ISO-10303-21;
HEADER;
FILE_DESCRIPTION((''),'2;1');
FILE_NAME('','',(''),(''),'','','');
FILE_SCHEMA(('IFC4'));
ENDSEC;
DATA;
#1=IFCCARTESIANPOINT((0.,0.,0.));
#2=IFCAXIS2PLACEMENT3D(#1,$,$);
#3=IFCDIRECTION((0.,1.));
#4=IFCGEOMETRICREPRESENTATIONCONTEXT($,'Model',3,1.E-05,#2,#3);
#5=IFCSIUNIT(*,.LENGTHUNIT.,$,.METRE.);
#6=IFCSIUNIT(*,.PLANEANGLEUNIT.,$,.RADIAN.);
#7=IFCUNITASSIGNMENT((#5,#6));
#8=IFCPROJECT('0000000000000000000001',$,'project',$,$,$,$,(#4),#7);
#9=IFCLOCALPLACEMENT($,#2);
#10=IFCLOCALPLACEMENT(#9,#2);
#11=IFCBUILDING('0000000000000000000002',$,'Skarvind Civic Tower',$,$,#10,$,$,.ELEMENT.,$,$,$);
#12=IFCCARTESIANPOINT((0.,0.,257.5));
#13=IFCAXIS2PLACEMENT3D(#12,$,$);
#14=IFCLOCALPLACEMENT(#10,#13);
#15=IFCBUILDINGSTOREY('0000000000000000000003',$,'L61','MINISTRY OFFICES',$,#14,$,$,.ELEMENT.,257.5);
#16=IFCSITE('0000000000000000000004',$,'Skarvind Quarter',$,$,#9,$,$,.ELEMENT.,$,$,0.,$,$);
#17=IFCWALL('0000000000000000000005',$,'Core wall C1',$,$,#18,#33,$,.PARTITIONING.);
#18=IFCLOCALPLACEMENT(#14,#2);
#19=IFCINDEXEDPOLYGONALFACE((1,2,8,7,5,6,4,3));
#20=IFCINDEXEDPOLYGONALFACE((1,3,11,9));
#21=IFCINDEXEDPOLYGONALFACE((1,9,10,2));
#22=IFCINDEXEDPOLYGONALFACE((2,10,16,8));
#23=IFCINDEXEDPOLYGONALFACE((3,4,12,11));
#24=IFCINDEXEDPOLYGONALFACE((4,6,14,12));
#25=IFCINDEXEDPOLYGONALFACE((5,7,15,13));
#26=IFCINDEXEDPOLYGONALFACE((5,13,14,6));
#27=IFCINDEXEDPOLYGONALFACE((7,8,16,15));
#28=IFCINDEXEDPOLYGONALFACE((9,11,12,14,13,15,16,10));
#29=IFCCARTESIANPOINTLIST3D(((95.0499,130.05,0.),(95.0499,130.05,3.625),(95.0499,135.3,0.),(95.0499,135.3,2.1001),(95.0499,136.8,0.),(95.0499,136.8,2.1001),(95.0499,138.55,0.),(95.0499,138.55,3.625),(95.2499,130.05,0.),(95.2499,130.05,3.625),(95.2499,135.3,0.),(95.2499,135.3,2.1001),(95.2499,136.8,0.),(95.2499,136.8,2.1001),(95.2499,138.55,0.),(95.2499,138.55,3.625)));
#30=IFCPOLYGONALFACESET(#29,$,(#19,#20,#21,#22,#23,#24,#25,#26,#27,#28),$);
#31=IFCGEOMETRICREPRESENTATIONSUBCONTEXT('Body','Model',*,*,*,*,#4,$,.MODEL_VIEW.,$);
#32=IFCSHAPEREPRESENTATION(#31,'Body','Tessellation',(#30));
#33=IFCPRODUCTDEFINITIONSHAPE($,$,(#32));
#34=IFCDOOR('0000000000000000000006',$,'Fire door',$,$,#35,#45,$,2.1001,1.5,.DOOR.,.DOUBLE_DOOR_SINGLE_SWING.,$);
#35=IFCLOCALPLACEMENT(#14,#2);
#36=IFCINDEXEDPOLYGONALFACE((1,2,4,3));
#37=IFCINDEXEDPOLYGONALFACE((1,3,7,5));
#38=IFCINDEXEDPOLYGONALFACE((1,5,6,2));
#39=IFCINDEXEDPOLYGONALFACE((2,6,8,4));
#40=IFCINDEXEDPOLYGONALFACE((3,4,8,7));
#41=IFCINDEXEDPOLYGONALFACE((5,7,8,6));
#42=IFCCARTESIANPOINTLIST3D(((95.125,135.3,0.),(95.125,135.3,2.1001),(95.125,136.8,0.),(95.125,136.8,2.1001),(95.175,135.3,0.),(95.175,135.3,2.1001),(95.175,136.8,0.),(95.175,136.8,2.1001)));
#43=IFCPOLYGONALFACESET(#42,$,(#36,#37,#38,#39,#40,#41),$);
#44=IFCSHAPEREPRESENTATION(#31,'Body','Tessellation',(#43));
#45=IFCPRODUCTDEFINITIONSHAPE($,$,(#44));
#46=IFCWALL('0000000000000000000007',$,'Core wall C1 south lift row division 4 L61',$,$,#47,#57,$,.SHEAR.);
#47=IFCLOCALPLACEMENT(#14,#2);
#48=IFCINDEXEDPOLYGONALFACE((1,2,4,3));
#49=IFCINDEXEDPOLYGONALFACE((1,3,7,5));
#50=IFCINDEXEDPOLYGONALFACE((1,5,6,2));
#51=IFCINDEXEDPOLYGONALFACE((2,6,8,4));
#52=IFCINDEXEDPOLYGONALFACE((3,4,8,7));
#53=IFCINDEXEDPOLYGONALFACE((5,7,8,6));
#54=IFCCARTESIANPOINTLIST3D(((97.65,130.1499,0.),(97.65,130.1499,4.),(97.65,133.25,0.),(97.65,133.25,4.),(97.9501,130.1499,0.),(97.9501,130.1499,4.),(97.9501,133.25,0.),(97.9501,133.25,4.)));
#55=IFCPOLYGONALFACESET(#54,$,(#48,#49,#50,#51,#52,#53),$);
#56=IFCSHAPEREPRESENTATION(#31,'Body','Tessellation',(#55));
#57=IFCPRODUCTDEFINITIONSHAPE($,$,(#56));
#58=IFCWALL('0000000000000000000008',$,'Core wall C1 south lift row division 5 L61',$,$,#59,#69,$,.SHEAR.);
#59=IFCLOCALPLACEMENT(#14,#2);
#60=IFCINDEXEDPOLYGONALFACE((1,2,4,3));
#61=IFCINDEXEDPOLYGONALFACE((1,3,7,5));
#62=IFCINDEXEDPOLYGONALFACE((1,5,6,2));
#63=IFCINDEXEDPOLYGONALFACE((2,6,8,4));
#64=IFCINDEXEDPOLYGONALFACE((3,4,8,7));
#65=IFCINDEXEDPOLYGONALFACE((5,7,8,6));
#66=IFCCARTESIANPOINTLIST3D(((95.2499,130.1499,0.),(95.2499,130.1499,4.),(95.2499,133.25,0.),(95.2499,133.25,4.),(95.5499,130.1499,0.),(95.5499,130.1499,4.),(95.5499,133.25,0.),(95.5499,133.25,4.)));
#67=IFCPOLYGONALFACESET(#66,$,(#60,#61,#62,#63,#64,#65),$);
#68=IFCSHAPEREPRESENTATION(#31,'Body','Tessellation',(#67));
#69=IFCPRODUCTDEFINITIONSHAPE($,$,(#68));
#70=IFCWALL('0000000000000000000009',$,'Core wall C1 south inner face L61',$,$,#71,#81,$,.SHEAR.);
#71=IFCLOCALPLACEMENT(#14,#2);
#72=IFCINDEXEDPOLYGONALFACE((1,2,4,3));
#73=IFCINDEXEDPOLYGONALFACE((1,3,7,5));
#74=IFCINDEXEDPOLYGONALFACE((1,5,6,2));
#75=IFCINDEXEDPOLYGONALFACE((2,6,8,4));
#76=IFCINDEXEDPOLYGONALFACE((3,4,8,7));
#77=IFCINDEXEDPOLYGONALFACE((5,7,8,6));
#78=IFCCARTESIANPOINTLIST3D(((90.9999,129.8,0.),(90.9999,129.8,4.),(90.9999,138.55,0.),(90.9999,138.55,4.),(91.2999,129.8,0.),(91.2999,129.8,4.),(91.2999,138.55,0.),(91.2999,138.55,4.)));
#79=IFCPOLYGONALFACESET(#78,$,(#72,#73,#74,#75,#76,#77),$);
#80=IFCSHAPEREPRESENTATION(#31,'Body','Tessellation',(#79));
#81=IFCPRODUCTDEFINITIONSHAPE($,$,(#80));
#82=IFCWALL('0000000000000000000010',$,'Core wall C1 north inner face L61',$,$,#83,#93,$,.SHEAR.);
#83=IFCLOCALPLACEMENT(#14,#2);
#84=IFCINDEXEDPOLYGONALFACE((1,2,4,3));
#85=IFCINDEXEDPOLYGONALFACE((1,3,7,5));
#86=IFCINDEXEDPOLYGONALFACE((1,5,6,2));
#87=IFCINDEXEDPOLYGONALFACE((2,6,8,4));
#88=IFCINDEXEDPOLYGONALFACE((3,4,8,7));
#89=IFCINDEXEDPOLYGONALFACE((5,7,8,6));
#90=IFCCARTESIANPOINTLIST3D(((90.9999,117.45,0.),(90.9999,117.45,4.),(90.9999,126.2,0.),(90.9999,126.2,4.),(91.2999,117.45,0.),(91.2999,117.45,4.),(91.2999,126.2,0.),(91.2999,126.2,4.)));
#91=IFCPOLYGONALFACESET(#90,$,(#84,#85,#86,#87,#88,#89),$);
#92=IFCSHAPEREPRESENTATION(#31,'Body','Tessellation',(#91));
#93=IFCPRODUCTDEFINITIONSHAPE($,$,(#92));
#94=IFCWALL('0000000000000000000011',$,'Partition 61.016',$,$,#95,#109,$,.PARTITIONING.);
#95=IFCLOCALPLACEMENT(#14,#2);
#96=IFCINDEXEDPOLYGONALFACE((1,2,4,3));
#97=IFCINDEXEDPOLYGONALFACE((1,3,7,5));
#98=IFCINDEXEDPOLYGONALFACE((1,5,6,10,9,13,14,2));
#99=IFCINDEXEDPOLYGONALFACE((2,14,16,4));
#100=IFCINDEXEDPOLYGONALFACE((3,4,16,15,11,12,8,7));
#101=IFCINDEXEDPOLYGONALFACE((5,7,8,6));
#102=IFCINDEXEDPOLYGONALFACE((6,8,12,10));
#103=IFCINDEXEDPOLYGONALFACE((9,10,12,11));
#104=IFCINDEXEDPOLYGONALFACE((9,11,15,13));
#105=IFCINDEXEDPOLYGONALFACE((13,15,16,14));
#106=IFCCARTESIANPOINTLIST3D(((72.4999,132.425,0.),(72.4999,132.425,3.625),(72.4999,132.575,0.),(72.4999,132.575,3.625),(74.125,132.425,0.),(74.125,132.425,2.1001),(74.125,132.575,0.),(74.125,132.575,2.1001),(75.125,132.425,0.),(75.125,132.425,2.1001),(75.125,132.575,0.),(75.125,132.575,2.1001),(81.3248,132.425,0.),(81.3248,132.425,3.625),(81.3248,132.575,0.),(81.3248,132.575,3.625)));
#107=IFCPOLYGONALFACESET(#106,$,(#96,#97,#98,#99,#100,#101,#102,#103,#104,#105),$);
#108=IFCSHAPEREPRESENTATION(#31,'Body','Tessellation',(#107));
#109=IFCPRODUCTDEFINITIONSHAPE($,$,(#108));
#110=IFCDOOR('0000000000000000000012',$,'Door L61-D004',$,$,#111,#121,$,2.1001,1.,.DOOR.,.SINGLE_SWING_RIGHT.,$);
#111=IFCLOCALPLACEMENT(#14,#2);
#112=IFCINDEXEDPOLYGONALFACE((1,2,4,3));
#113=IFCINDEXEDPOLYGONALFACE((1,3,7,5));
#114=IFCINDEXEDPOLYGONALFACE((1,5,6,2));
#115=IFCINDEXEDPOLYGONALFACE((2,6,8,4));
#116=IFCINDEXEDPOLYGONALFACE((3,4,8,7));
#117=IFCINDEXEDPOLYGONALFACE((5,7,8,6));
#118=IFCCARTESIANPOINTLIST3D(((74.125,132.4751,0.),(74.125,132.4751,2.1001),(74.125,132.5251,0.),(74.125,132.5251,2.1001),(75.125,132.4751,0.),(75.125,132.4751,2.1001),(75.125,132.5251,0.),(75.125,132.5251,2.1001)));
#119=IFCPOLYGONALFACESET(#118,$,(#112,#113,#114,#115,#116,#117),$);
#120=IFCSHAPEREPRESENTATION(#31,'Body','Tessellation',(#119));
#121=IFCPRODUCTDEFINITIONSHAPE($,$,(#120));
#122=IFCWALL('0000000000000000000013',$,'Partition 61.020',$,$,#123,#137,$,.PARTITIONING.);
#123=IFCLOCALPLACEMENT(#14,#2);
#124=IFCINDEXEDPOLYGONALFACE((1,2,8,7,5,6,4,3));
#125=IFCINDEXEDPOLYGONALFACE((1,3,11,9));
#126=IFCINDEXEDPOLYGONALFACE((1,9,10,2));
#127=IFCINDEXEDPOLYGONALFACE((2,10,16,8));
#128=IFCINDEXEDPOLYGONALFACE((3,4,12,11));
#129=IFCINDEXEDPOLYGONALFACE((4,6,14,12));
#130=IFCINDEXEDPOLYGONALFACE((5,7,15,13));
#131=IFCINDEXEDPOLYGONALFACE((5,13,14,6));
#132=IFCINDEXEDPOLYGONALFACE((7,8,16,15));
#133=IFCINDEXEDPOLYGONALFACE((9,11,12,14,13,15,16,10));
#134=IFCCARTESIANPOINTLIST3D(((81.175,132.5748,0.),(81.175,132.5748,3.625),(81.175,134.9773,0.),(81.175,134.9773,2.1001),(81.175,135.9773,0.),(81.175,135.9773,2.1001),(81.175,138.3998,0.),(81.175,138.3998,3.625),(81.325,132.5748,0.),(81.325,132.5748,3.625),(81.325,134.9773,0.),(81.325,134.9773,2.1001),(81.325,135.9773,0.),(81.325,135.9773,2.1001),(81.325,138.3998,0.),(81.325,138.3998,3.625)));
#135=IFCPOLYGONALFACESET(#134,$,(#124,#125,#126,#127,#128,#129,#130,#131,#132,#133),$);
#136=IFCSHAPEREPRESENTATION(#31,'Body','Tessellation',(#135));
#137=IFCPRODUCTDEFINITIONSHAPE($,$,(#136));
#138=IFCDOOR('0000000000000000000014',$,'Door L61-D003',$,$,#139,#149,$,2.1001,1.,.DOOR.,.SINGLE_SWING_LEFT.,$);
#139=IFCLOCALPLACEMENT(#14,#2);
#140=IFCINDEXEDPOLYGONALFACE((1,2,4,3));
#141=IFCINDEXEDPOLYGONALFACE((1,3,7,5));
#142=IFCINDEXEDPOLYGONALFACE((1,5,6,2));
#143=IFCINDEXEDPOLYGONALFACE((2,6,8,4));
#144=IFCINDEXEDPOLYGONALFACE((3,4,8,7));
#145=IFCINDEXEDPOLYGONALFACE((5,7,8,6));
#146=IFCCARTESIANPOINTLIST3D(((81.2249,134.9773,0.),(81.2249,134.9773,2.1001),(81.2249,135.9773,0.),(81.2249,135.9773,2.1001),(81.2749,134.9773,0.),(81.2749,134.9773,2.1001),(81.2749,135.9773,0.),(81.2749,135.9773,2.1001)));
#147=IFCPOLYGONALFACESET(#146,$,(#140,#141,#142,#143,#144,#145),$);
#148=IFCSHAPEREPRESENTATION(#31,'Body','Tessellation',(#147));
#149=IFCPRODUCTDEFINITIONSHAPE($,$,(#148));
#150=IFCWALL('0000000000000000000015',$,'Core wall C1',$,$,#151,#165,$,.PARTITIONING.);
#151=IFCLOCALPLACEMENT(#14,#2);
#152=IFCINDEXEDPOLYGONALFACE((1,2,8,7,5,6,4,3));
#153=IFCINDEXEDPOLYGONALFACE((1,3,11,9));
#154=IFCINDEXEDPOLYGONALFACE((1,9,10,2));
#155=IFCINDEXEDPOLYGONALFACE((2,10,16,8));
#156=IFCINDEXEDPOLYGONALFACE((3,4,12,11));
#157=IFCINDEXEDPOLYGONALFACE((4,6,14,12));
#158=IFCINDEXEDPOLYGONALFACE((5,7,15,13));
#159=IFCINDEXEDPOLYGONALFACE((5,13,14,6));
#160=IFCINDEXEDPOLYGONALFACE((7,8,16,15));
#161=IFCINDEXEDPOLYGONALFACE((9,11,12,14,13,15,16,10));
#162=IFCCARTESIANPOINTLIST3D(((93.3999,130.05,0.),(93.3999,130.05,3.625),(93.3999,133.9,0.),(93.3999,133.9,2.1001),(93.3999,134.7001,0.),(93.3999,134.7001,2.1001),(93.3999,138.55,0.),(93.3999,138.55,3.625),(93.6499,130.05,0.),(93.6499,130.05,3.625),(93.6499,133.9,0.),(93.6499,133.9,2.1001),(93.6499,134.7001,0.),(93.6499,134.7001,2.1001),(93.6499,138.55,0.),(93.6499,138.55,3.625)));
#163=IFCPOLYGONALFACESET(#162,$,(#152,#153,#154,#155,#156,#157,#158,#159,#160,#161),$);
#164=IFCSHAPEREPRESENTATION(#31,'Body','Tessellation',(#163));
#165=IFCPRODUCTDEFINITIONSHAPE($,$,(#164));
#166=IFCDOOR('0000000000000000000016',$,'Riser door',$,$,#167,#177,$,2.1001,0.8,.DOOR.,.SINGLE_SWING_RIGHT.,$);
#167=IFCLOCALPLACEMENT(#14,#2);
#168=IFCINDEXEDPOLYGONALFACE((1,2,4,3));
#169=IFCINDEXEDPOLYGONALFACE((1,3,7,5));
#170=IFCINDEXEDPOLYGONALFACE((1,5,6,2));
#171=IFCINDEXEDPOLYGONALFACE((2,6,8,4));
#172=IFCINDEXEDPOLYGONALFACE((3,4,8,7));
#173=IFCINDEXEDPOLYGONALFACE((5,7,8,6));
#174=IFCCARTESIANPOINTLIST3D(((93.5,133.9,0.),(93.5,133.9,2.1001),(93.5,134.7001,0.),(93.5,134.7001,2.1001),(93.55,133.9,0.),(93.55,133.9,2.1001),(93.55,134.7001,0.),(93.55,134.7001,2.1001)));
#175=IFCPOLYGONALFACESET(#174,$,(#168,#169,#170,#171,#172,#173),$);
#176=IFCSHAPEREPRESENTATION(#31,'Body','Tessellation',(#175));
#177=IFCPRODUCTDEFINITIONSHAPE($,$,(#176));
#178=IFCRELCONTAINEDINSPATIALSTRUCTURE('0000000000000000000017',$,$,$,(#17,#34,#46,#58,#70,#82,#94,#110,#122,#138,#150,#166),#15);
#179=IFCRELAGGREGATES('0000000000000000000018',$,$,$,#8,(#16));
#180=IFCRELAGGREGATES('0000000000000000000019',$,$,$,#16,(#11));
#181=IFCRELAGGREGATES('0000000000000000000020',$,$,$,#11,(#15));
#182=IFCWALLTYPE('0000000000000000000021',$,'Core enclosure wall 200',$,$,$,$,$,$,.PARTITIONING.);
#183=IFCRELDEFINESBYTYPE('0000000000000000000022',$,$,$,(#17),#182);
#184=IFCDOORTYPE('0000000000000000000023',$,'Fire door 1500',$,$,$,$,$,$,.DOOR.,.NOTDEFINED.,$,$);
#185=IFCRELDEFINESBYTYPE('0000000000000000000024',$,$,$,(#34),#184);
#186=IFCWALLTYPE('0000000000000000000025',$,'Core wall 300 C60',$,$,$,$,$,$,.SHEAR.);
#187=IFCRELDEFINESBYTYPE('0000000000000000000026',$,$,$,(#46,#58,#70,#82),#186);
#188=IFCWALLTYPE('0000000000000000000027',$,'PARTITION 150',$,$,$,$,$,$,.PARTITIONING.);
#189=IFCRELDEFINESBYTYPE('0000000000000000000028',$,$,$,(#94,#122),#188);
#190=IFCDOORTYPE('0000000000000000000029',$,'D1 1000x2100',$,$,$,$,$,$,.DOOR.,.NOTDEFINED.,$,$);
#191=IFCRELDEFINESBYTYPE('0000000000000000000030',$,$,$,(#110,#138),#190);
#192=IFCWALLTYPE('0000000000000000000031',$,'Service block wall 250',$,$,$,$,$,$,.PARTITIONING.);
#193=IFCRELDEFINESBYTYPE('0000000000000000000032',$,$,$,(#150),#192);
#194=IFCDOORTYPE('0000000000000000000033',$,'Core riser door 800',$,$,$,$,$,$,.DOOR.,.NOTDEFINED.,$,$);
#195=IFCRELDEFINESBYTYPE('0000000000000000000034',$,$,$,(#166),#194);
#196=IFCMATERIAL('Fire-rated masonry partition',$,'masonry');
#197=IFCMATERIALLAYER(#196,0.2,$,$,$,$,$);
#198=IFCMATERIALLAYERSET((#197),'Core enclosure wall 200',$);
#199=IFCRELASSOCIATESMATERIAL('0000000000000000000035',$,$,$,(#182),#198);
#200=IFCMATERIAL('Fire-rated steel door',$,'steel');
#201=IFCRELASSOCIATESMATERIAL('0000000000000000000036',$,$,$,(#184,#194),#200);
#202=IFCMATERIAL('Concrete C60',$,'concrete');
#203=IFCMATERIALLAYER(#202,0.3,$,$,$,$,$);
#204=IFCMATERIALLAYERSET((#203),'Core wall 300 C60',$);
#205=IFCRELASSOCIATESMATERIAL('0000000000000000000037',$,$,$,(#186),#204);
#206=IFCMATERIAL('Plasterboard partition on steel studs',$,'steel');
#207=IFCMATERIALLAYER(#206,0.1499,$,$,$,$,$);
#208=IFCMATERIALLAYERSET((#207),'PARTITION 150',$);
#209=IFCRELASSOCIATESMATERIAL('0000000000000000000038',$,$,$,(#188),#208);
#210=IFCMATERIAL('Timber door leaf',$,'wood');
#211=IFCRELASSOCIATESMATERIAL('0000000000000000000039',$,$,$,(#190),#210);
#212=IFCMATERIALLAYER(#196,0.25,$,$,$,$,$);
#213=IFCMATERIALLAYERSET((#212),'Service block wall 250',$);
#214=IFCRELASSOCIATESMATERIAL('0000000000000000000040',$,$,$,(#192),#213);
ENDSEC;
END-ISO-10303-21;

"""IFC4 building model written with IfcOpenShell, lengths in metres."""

from ifc_helpers import new_model, si_unit, direction, frame, frame_2d, origin, place, context, subcontext, project, spatial, rectangle, extrude, material, layer, layer_set, type_object, element, fill, save


model = new_model("IFC4")

# Units and contexts
model_context = context("Model", 3, precision=1e-05, world=origin(), true_north=direction((0.0, 1.0)))
body_context = subcontext(model_context, "Body", "Model", "MODEL_VIEW")
ifc_project = project(units=[si_unit("LENGTHUNIT", "METRE"), si_unit("PLANEANGLEUNIT", "RADIAN")], contexts=[model_context])

# Site, building, storey
site_placement = place(None, origin())
site = spatial("IfcSite", under=ifc_project, at=site_placement, Name="Skarvind Quarter", CompositionType="ELEMENT", RefElevation=0.0)
building_placement = place(site_placement, origin())
building = spatial("IfcBuilding", under=site, at=building_placement, Name="Skarvind Civic Tower", CompositionType="ELEMENT")
storey_placement = place(building_placement, frame((0.0, 0.0, 257.5)))
storey = spatial("IfcBuildingStorey", under=building, at=storey_placement, Name="L61", Description="MINISTRY OFFICES", CompositionType="ELEMENT", Elevation=257.5)

# Shared definitions
ifc_material_1 = material(Name="Concrete C60", Category="concrete")

# Wall, opening, door
ifc_material_2 = material(Name="Timber door leaf", Category="wood")
ifc_material_3 = material(Name="Fire-rated masonry partition", Category="masonry")
ifc_layer_1 = layer(ifc_material_3, 0.2)
ifc_layer_set_1 = layer_set([ifc_layer_1], Name="Core enclosure wall 200")
wall_type_1 = type_object("IfcWallType", Name="Core enclosure wall 200", PredefinedType="PARTITIONING", material=ifc_layer_set_1)
ifc_material_4 = material(Name="Fire-rated steel door", Category="steel")
wall_1_placement = place(storey_placement, frame((95.1499, 130.05, 0.0), z_axis=(0.0, 0.0, 1.0), x_axis=(0.0, 1.0, 0.0)))
wall_1 = element("IfcWall", 1, at=wall_1_placement, inside=storey, type_object=wall_type_1, Name="Core wall C1", PredefinedType="PARTITIONING", context=body_context, shape_type="SweptSolid", body=[
    extrude(rectangle(XDim=8.5, YDim=0.2, at=frame_2d((4.25, 0.0))), origin(), (0.0, 0.0, 1.0), 3.625),
])
opening_1_placement = place(wall_1_placement, frame((5.25, 0.0, 0.0)))
opening_1 = element("IfcOpeningElement", 2, at=opening_1_placement, cuts=wall_1, PredefinedType="OPENING", context=body_context, shape_type="SweptSolid", body=[
    extrude(rectangle(XDim=1.5, YDim=2.1001, at=frame_2d((0.75, 1.05))), frame((0.0, 0.1099, 0.0), z_axis=(0.0, -1.0, 0.0), x_axis=(1.0, 0.0, 0.0)), (0.0, 0.0, 1.0), 0.22),
])
door_type_1 = type_object("IfcDoorType", Name="Fire door 1500", OperationType="NOTDEFINED", PredefinedType="DOOR", material=ifc_material_4)
door_1_placement = place(opening_1_placement, origin())
door_1 = element("IfcDoor", 3, at=door_1_placement, inside=storey, type_object=door_type_1, Name="Fire door", OperationType="DOUBLE_DOOR_SINGLE_SWING", OverallHeight=2.1001, OverallWidth=1.5, PredefinedType="DOOR", context=body_context, shape_type="SweptSolid", body=[
    extrude(rectangle(XDim=1.5, YDim=2.1001, at=frame_2d((0.75, 1.05))), frame((0.0, 0.0249, 0.0), z_axis=(0.0, -1.0, 0.0), x_axis=(1.0, 0.0, 0.0)), (0.0, 0.0, 1.0), 0.05),
])
fill(opening_1, door_1)

# Walls
ifc_layer_2 = layer(ifc_material_1, 0.3)
ifc_layer_set_2 = layer_set([ifc_layer_2], Name="Core wall 300 C60")
wall_type_2 = type_object("IfcWallType", Name="Core wall 300 C60", PredefinedType="SHEAR", material=ifc_layer_set_2)
for number, where, z_axis, x_axis, name in (
    (4, (97.8, 133.25, 0.0), (0.0, 0.0, 1.0), (0.0, -1.0, 0.0), "Core wall C1 south lift row division 4 L61"),
    (5, (95.3999, 133.25, 0.0), (0.0, 0.0, 1.0), (0.0, -1.0, 0.0), "Core wall C1 south lift row division 5 L61"),
):
    element("IfcWall", number, at=place(storey_placement, frame(where, z_axis=z_axis, x_axis=x_axis)), inside=storey, type_object=wall_type_2, Name=name, PredefinedType="SHEAR", context=body_context, shape_type="SweptSolid", body=[
        extrude(rectangle(XDim=3.1001, YDim=0.3, at=frame_2d((1.55, 0.0))), origin(), (0.0, 0.0, 1.0), 4.0),
    ])
for number, where, z_axis, x_axis, name in (
    (6, (91.1499, 138.55, 0.0), (0.0, 0.0, 1.0), (0.0, -1.0, 0.0), "Core wall C1 south inner face L61"),
    (7, (91.1499, 126.2, 0.0), (0.0, 0.0, 1.0), (0.0, -1.0, 0.0), "Core wall C1 north inner face L61"),
):
    element("IfcWall", number, at=place(storey_placement, frame(where, z_axis=z_axis, x_axis=x_axis)), inside=storey, type_object=wall_type_2, Name=name, PredefinedType="SHEAR", context=body_context, shape_type="SweptSolid", body=[
        extrude(rectangle(XDim=8.75, YDim=0.3, at=frame_2d((4.375, 0.0))), origin(), (0.0, 0.0, 1.0), 4.0),
    ])

# Walls, openings, doors
ifc_material_5 = material(Name="Plasterboard partition on steel studs", Category="steel")
ifc_layer_3 = layer(ifc_material_5, 0.1499)
ifc_layer_set_3 = layer_set([ifc_layer_3], Name="PARTITION 150")
wall_type_3 = type_object("IfcWallType", Name="PARTITION 150", PredefinedType="PARTITIONING", material=ifc_layer_set_3)
wall_2_placement = place(storey_placement, frame((81.325, 132.5, 0.0), z_axis=(0.0, 0.0, 1.0), x_axis=(-1.0, 0.0, 0.0)))
wall_2 = element("IfcWall", 8, at=wall_2_placement, inside=storey, type_object=wall_type_3, Name="Partition 61.016", PredefinedType="PARTITIONING", context=body_context, shape_type="SweptSolid", body=[
    extrude(rectangle(XDim=8.825, YDim=0.1499, at=frame_2d((4.4126, 0.0))), origin(), (0.0, 0.0, 1.0), 3.625),
])
opening_2_placement = place(wall_2_placement, frame((6.2, 0.0, 0.0)))
opening_2 = element("IfcOpeningElement", 9, at=opening_2_placement, cuts=wall_2, PredefinedType="OPENING", context=body_context, shape_type="SweptSolid", body=[
    extrude(rectangle(XDim=1.0, YDim=2.1001, at=frame_2d((0.5, 1.05))), frame((0.0, 0.085, 0.0), z_axis=(0.0, -1.0, 0.0), x_axis=(1.0, 0.0, 0.0)), (0.0, 0.0, 1.0), 0.1699),
])
door_type_2 = type_object("IfcDoorType", Name="D1 1000x2100", OperationType="NOTDEFINED", PredefinedType="DOOR", material=ifc_material_2)
door_2_placement = place(opening_2_placement, origin())
door_2 = element("IfcDoor", 10, at=door_2_placement, inside=storey, type_object=door_type_2, Name="Door L61-D004", OperationType="SINGLE_SWING_RIGHT", OverallHeight=2.1001, OverallWidth=1.0, PredefinedType="DOOR", context=body_context, shape_type="SweptSolid", body=[
    extrude(rectangle(XDim=1.0, YDim=2.1001, at=frame_2d((0.5, 1.05))), frame((0.0, 0.0249, 0.0), z_axis=(0.0, -1.0, 0.0), x_axis=(1.0, 0.0, 0.0)), (0.0, 0.0, 1.0), 0.05),
])
fill(opening_2, door_2)
wall_3_placement = place(storey_placement, frame((81.25, 138.3999, 0.0), z_axis=(0.0, 0.0, 1.0), x_axis=(0.0, -1.0, 0.0)))
wall_3 = element("IfcWall", 11, at=wall_3_placement, inside=storey, type_object=wall_type_3, Name="Partition 61.020", PredefinedType="PARTITIONING", context=body_context, shape_type="SweptSolid", body=[
    extrude(rectangle(XDim=5.825, YDim=0.1499, at=frame_2d((2.9126, 0.0))), origin(), (0.0, 0.0, 1.0), 3.625),
])
opening_3_placement = place(wall_3_placement, frame((2.4226, 0.0, 0.0)))
opening_3 = element("IfcOpeningElement", 12, at=opening_3_placement, cuts=wall_3, PredefinedType="OPENING", context=body_context, shape_type="SweptSolid", body=[
    extrude(rectangle(XDim=1.0, YDim=2.1001, at=frame_2d((0.5, 1.05))), frame((0.0, 0.085, 0.0), z_axis=(0.0, -1.0, 0.0), x_axis=(1.0, 0.0, 0.0)), (0.0, 0.0, 1.0), 0.1699),
])
door_3_placement = place(opening_3_placement, origin())
door_3 = element("IfcDoor", 13, at=door_3_placement, inside=storey, type_object=door_type_2, Name="Door L61-D003", OperationType="SINGLE_SWING_LEFT", OverallHeight=2.1001, OverallWidth=1.0, PredefinedType="DOOR", context=body_context, shape_type="SweptSolid", body=[
    extrude(rectangle(XDim=1.0, YDim=2.1001, at=frame_2d((0.5, 1.05))), frame((0.0, 0.0249, 0.0), z_axis=(0.0, -1.0, 0.0), x_axis=(1.0, 0.0, 0.0)), (0.0, 0.0, 1.0), 0.05),
])
fill(opening_3, door_3)
ifc_layer_4 = layer(ifc_material_3, 0.25)
ifc_layer_set_4 = layer_set([ifc_layer_4], Name="Service block wall 250")
wall_type_4 = type_object("IfcWallType", Name="Service block wall 250", PredefinedType="PARTITIONING", material=ifc_layer_set_4)
wall_4_placement = place(storey_placement, frame((93.5249, 130.05, 0.0), z_axis=(0.0, 0.0, 1.0), x_axis=(0.0, 1.0, 0.0)))
wall_4 = element("IfcWall", 14, at=wall_4_placement, inside=storey, type_object=wall_type_4, Name="Core wall C1", PredefinedType="PARTITIONING", context=body_context, shape_type="SweptSolid", body=[
    extrude(rectangle(XDim=8.5, YDim=0.25, at=frame_2d((4.25, 0.0))), origin(), (0.0, 0.0, 1.0), 3.625),
])
opening_4_placement = place(wall_4_placement, frame((3.8501, 0.0, 0.0)))
opening_4 = element("IfcOpeningElement", 15, at=opening_4_placement, cuts=wall_4, PredefinedType="OPENING", context=body_context, shape_type="SweptSolid", body=[
    extrude(rectangle(XDim=0.8, YDim=2.1001, at=frame_2d((0.3999, 1.05))), frame((0.0, 0.135, 0.0), z_axis=(0.0, -1.0, 0.0), x_axis=(1.0, 0.0, 0.0)), (0.0, 0.0, 1.0), 0.27),
])
door_type_3 = type_object("IfcDoorType", Name="Core riser door 800", OperationType="NOTDEFINED", PredefinedType="DOOR", material=ifc_material_4)
door_4_placement = place(opening_4_placement, origin())
door_4 = element("IfcDoor", 16, at=door_4_placement, inside=storey, type_object=door_type_3, Name="Riser door", OperationType="SINGLE_SWING_RIGHT", OverallHeight=2.1001, OverallWidth=0.8, PredefinedType="DOOR", context=body_context, shape_type="SweptSolid", body=[
    extrude(rectangle(XDim=0.8, YDim=2.1001, at=frame_2d((0.3999, 1.05))), frame((0.0, 0.0249, 0.0), z_axis=(0.0, -1.0, 0.0), x_axis=(1.0, 0.0, 0.0)), (0.0, 0.0, 1.0), 0.05),
])
fill(opening_4, door_4)

save(model, "model.ifc")
